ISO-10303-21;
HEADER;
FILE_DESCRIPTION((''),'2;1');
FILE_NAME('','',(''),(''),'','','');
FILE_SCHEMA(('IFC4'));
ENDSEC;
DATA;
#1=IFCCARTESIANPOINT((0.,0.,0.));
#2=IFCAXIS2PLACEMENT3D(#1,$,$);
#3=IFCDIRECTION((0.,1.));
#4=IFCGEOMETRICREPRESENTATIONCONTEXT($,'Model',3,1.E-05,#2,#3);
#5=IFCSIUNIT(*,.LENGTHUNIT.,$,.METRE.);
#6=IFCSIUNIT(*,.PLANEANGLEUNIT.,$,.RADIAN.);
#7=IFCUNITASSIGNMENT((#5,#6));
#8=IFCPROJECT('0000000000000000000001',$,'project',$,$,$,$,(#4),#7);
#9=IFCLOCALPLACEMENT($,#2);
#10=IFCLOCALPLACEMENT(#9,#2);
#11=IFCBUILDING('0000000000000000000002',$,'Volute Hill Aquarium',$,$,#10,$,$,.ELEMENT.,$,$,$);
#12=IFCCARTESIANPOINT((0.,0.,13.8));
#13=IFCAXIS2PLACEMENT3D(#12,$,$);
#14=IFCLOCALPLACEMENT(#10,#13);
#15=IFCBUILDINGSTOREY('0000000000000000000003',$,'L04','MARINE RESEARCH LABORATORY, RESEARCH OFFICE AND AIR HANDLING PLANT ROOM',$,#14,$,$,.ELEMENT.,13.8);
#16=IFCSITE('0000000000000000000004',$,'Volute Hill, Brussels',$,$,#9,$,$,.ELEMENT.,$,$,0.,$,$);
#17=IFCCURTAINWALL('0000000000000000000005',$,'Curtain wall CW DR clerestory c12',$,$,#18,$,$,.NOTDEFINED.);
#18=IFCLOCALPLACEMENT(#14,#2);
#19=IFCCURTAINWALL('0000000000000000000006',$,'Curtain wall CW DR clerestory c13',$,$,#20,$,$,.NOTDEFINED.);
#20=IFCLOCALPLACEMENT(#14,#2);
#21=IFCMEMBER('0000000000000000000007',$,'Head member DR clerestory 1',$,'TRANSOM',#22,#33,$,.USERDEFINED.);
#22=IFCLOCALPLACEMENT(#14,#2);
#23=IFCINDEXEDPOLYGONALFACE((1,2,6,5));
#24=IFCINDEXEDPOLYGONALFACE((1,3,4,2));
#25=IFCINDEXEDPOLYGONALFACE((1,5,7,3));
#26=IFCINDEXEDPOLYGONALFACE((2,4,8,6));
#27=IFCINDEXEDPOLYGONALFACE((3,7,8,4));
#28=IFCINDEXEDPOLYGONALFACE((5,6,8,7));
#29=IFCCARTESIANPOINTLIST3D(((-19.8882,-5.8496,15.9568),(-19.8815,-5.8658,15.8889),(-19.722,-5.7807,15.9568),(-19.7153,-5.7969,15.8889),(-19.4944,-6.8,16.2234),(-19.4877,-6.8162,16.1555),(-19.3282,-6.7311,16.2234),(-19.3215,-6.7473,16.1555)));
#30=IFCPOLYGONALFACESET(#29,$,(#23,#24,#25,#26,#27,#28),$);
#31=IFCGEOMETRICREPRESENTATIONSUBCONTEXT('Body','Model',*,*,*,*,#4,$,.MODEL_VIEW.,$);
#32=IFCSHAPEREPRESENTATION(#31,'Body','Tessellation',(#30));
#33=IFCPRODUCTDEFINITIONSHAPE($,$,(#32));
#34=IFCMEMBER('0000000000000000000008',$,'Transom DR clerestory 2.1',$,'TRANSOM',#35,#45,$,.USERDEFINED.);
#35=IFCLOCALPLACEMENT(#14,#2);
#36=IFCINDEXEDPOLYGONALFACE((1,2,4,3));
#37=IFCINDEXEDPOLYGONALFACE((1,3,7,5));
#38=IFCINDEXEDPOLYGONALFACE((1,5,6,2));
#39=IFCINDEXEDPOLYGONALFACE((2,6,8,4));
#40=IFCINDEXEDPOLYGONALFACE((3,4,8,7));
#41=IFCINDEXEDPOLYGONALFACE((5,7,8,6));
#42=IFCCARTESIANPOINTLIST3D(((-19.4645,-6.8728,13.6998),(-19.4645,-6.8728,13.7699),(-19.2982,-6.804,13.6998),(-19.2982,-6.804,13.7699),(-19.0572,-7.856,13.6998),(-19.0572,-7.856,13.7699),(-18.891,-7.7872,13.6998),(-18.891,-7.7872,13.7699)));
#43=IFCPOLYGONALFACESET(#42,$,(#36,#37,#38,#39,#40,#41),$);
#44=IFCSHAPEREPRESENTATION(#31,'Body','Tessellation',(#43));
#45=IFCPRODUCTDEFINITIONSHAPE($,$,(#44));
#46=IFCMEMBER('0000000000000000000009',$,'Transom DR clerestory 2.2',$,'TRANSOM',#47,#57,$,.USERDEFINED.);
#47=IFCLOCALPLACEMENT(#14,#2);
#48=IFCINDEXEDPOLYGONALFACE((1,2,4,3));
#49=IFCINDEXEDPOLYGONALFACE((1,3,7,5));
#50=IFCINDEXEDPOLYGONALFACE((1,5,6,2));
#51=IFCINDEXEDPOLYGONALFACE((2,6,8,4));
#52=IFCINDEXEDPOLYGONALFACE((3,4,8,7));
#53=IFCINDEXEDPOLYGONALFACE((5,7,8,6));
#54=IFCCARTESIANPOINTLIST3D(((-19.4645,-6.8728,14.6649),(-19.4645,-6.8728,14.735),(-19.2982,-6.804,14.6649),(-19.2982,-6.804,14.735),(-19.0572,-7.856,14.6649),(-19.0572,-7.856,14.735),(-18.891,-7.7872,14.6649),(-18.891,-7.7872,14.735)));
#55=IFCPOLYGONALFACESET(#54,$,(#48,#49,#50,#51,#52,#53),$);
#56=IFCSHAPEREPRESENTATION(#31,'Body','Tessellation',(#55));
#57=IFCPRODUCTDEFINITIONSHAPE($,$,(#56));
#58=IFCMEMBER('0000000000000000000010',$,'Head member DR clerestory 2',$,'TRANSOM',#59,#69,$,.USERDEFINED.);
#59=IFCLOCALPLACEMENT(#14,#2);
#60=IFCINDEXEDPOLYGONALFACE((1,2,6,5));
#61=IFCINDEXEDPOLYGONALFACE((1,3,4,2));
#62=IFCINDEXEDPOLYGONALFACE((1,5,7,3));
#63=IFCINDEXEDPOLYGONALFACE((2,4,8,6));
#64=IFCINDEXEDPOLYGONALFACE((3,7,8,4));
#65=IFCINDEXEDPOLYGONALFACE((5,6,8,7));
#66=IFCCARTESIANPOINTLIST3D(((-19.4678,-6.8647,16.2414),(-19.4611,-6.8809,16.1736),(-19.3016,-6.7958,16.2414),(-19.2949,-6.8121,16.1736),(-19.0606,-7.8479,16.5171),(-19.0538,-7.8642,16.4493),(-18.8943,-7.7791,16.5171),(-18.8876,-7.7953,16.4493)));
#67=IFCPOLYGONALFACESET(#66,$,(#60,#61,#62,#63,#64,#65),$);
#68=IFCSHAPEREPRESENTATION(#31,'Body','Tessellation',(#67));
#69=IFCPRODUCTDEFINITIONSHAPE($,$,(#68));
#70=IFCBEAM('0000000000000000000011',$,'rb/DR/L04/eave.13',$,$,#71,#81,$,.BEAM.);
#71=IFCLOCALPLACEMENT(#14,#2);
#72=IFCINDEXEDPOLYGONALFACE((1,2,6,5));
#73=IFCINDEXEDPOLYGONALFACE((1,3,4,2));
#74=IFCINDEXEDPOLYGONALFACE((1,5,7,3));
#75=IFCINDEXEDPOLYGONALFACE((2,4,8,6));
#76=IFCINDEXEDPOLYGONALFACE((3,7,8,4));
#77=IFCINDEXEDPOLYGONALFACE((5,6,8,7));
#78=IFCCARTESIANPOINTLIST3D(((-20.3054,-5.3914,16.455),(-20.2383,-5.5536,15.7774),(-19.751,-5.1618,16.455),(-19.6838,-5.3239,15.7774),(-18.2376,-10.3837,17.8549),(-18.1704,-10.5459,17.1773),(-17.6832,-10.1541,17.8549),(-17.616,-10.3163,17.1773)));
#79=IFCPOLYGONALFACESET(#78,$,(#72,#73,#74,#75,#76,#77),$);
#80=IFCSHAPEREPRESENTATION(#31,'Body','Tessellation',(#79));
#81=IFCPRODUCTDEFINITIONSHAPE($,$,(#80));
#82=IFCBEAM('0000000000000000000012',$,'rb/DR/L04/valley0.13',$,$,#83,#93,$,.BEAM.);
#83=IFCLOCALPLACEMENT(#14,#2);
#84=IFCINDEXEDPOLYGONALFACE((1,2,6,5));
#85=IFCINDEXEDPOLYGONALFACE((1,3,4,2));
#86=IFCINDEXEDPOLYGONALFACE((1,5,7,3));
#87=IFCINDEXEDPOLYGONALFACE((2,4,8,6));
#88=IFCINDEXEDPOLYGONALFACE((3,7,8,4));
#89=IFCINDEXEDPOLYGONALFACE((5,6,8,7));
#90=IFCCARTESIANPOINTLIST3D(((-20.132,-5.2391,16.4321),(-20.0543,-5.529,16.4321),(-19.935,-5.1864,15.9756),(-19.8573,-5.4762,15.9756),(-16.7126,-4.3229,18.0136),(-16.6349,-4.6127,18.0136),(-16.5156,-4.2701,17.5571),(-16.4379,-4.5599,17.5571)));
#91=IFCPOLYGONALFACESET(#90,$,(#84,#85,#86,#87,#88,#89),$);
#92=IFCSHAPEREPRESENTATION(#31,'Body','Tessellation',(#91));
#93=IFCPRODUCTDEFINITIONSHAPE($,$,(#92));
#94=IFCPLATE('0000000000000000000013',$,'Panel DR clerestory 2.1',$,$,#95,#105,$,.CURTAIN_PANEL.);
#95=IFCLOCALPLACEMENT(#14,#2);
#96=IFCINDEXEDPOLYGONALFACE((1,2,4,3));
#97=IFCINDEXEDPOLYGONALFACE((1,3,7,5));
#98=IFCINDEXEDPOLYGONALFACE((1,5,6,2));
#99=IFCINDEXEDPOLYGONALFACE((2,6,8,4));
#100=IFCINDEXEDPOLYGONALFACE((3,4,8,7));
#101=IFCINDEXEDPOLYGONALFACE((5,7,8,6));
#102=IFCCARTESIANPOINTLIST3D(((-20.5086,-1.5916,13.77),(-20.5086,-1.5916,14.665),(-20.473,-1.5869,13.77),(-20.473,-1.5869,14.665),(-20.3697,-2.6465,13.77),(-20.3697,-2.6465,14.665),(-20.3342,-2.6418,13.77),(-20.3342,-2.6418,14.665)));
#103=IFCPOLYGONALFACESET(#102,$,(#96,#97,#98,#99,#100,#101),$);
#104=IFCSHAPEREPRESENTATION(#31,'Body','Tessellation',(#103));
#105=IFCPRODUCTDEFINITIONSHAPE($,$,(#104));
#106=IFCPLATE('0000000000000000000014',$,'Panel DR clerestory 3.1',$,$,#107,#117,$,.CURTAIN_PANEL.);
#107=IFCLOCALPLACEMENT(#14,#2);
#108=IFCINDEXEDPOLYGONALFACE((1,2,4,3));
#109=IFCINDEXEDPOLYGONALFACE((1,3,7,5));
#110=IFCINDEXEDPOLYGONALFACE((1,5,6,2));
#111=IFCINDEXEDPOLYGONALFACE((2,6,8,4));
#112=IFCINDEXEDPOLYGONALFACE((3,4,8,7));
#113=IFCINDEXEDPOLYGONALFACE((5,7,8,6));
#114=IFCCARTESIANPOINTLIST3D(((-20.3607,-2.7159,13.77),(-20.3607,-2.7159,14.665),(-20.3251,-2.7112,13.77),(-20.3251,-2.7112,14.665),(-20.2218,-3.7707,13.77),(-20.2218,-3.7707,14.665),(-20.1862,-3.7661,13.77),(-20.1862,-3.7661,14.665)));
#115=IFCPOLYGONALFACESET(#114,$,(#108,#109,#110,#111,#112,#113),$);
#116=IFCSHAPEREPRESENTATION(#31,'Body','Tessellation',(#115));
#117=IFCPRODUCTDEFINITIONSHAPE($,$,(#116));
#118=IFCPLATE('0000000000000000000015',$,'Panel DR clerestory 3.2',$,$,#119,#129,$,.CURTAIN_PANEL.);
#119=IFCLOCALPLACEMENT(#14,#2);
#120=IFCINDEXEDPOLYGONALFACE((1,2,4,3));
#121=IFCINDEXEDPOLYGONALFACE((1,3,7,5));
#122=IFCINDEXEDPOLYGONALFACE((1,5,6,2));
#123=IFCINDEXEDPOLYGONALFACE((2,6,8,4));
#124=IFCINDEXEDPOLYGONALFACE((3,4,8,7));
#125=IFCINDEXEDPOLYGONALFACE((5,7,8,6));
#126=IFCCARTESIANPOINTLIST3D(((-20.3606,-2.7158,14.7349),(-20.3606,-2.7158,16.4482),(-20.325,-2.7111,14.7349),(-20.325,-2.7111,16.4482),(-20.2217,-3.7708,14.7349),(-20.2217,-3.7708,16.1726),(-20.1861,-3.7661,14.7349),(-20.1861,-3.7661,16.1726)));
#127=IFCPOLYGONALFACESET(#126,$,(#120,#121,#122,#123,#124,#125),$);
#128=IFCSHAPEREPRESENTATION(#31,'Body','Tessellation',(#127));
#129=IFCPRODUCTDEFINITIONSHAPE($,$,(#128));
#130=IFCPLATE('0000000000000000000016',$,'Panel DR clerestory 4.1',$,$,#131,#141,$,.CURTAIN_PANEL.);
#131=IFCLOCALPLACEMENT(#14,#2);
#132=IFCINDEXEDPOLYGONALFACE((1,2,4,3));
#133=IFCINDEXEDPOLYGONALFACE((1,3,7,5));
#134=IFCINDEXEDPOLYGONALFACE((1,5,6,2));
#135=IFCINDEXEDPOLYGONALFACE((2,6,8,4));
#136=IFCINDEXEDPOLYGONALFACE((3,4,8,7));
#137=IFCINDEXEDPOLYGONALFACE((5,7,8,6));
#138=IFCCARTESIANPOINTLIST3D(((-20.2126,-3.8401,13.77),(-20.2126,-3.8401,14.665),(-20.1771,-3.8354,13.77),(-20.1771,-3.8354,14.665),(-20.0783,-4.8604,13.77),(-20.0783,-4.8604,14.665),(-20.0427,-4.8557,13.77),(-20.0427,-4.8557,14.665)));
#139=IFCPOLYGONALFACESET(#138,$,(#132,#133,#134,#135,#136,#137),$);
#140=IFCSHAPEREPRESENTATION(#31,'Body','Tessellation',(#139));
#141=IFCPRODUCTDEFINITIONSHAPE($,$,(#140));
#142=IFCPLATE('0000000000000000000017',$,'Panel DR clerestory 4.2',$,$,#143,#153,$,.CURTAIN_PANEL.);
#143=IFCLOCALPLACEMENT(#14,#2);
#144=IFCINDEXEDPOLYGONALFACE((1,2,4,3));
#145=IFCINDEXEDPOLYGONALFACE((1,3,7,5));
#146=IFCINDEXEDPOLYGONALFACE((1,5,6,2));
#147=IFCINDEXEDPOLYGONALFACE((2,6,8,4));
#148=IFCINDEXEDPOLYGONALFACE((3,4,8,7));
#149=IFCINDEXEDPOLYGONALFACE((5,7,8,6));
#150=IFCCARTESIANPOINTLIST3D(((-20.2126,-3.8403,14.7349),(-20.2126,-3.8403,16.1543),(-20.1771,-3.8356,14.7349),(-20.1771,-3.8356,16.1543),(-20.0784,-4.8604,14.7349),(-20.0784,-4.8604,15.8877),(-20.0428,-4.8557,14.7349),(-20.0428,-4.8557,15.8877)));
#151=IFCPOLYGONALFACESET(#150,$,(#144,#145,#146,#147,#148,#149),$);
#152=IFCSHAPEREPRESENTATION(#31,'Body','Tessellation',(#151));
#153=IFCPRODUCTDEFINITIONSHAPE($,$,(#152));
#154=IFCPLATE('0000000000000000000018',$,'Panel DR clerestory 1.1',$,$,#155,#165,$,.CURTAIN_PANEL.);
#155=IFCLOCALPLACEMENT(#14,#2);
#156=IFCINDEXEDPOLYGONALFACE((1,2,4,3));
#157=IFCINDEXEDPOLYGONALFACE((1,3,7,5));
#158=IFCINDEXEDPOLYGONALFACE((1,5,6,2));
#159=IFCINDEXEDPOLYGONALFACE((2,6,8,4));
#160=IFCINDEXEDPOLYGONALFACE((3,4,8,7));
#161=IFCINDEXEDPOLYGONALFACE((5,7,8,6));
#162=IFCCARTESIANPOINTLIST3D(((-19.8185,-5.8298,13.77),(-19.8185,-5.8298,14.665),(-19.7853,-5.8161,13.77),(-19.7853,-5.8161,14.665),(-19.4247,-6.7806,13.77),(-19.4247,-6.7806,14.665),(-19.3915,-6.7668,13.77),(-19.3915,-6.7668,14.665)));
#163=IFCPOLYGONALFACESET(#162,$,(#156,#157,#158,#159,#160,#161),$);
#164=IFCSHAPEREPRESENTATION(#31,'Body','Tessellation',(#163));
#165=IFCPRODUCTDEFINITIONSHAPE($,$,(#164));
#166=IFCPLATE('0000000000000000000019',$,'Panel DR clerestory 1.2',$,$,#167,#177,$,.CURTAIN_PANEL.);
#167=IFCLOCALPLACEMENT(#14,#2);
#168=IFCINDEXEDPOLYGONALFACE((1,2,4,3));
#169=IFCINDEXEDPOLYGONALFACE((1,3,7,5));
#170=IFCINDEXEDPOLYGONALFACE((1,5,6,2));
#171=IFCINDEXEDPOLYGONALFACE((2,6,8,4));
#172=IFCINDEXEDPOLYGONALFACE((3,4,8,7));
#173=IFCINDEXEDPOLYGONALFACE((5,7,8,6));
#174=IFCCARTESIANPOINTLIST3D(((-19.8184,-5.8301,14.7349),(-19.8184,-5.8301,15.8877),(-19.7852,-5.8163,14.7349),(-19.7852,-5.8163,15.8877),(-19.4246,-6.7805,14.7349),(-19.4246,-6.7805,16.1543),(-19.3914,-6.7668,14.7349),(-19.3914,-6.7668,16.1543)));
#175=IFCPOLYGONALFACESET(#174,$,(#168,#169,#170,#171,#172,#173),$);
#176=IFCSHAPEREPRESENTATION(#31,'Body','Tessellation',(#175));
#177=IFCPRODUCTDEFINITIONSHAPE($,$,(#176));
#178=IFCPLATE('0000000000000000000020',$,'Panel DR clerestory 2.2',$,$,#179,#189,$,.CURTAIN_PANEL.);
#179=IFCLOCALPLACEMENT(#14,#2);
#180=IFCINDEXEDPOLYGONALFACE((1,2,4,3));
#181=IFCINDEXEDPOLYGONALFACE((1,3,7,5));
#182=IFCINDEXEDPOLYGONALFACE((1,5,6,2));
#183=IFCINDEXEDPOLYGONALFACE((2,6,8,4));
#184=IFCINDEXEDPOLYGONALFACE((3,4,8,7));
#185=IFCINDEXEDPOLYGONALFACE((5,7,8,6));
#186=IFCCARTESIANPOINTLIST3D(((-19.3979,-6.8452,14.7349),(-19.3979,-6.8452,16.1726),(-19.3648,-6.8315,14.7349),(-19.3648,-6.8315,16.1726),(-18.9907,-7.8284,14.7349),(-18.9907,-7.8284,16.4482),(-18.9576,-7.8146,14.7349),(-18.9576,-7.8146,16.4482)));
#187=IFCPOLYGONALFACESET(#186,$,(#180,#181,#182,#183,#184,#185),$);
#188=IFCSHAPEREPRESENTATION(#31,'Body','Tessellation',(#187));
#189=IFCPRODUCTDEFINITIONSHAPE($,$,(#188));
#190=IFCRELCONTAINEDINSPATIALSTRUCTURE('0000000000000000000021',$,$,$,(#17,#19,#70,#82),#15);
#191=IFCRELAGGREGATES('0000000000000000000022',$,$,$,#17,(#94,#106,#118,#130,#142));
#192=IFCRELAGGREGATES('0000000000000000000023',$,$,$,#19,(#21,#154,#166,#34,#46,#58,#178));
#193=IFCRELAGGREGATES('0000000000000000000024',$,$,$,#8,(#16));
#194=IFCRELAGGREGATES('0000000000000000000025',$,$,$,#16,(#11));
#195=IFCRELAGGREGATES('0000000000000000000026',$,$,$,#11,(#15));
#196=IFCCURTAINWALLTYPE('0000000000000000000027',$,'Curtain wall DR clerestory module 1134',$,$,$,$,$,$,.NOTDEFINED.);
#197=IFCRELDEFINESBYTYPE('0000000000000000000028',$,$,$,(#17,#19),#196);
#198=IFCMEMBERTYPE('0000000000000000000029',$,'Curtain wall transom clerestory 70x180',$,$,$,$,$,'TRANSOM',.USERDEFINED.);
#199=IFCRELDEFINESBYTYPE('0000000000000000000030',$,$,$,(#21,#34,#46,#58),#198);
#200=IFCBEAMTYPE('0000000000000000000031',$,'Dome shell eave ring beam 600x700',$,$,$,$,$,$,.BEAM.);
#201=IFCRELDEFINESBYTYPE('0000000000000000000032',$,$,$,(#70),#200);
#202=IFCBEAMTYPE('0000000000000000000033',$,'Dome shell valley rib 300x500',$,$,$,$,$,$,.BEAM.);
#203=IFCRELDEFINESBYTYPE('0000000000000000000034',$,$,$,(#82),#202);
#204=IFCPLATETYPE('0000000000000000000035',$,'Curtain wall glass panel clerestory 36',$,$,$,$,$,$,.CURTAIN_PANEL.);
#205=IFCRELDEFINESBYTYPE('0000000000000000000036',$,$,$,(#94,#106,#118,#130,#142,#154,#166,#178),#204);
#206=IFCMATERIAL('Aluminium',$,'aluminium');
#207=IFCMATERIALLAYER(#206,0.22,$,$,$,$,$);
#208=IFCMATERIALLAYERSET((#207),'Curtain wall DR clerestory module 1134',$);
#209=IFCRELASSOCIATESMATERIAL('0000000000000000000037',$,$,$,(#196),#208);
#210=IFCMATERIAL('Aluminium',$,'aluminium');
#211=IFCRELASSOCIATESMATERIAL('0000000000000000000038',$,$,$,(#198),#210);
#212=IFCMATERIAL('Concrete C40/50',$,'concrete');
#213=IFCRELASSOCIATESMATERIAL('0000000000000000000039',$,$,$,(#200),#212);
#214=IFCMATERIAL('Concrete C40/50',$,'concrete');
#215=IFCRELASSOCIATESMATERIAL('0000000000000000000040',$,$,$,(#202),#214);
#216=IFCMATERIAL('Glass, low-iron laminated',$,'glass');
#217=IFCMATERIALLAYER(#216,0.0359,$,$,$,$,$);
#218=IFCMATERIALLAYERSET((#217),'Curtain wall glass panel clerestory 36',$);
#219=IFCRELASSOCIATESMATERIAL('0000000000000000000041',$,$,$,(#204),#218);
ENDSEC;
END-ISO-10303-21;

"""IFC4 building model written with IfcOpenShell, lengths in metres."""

from ifc_helpers import new_model, si_unit, direction, frame, origin, origin_2d, place, context, subcontext, project, spatial, polyline, rectangle, outline, extrude, material, layer, layer_set, material_profile, profile_set, type_object, element, aggregate, save


model = new_model("IFC4")

# Units and contexts
model_context = context("Model", 3, precision=1e-05, world=origin(), true_north=direction((0.0, 1.0)))
body_context = subcontext(model_context, "Body", "Model", "MODEL_VIEW")
ifc_project = project(units=[si_unit("LENGTHUNIT", "METRE"), si_unit("PLANEANGLEUNIT", "RADIAN")], contexts=[model_context])

# Site, building, storey
site_placement = place(None, origin())
site = spatial("IfcSite", under=ifc_project, at=site_placement, Name="Volute Hill, Brussels", CompositionType="ELEMENT", RefElevation=0.0)
building_placement = place(site_placement, origin())
building = spatial("IfcBuilding", under=site, at=building_placement, Name="Volute Hill Aquarium", CompositionType="ELEMENT")
storey_placement = place(building_placement, frame((0.0, 0.0, 13.8)))
storey = spatial("IfcBuildingStorey", under=building, at=storey_placement, Name="L04", Description="MARINE RESEARCH LABORATORY, RESEARCH OFFICE AND AIR HANDLING PLANT ROOM", CompositionType="ELEMENT", Elevation=13.8)

# Curtain walls
ifc_material_1 = material(Name="Aluminium", Category="aluminium")
ifc_layer_1 = layer(ifc_material_1, 0.22)
ifc_layer_set_1 = layer_set([ifc_layer_1], Name="Curtain wall DR clerestory module 1134")
curtain_wall_type = type_object("IfcCurtainWallType", Name="Curtain wall DR clerestory module 1134", PredefinedType="NOTDEFINED", material=ifc_layer_set_1)
curtain_wall_1_placement = place(storey_placement, origin())
curtain_wall_1 = element("IfcCurtainWall", 1, at=curtain_wall_1_placement, inside=storey, type_object=curtain_wall_type, Name="Curtain wall CW DR clerestory c12", PredefinedType="NOTDEFINED")
curtain_wall_2_placement = place(storey_placement, origin())
curtain_wall_2 = element("IfcCurtainWall", 2, at=curtain_wall_2_placement, inside=storey, type_object=curtain_wall_type, Name="Curtain wall CW DR clerestory c13", PredefinedType="NOTDEFINED")

# Members
ifc_material_2 = material(Name="Aluminium", Category="aluminium")
ifc_material_profile_1 = material_profile(ifc_material_2, rectangle(XDim=0.1799, YDim=0.0701, at=origin_2d()), Name="Curtain wall transom clerestory 70x180")
ifc_profile_set_1 = profile_set([ifc_material_profile_1], Name="Aluminium")
member_type_1 = type_object("IfcMemberType", Name="Curtain wall transom clerestory 70x180", ElementType="TRANSOM", PredefinedType="USERDEFINED", material=ifc_profile_set_1)
member_1_placement = place(storey_placement, frame((-19.8018, -5.8232, 15.9229), z_axis=(0.370539, -0.8943, 0.250854), x_axis=(0.92384, 0.382778, 0.0)))
member_1 = element("IfcMember", 3, at=member_1_placement, type_object=member_type_1, Name="Head member DR clerestory 1", ObjectType="TRANSOM", PredefinedType="USERDEFINED", context=body_context, shape_type="SweptSolid", body=[
    extrude(rectangle(XDim=0.1799, YDim=0.0701, at=origin_2d()), origin(), (0.0, 0.0, 1.0), 1.0627),
])
member_2_placement = place(storey_placement, frame((-19.3813, -6.8384, 13.7349), z_axis=(0.382676, -0.923883, 0.0), x_axis=(0.923883, 0.382676, 0.0)))
member_2 = element("IfcMember", 4, at=member_2_placement, type_object=member_type_1, Name="Transom DR clerestory 2.1", ObjectType="TRANSOM", PredefinedType="USERDEFINED", context=body_context, shape_type="SweptSolid", body=[
    extrude(rectangle(XDim=0.1799, YDim=0.0701, at=origin_2d()), origin(), (0.0, 0.0, 1.0), 1.0642),
])
member_3_placement = place(storey_placement, frame((-19.3813, -6.8384, 14.7), z_axis=(0.382676, -0.923883, 0.0), x_axis=(0.923883, 0.382676, 0.0)))
member_3 = element("IfcMember", 5, at=member_3_placement, type_object=member_type_1, Name="Transom DR clerestory 2.2", ObjectType="TRANSOM", PredefinedType="USERDEFINED", context=body_context, shape_type="SweptSolid", body=[
    extrude(rectangle(XDim=0.1799, YDim=0.0701, at=origin_2d()), origin(), (0.0, 0.0, 1.0), 1.0642),
])
member_4_placement = place(storey_placement, frame((-19.3813, -6.8384, 16.2075), z_axis=(0.370451, -0.894368, 0.250743), x_axis=(0.923883, 0.382676, 0.0)))
member_4 = element("IfcMember", 6, at=member_4_placement, type_object=member_type_1, Name="Head member DR clerestory 2", ObjectType="TRANSOM", PredefinedType="USERDEFINED", context=body_context, shape_type="SweptSolid", body=[
    extrude(rectangle(XDim=0.1799, YDim=0.0701, at=origin_2d()), origin(), (0.0, 0.0, 1.0), 1.0994),
])

# Beams
ifc_material_3 = material(Name="Concrete C40/50", Category="concrete")
ifc_material_profile_2 = material_profile(ifc_material_3, rectangle(XDim=0.6001, YDim=0.7, at=origin_2d()), Name="RC beam 600x700")
ifc_profile_set_2 = profile_set([ifc_material_profile_2], Name="Concrete C40/50")
beam_type_1 = type_object("IfcBeamType", Name="Dome shell eave ring beam 600x700", PredefinedType="BEAM", material=ifc_profile_set_2)
beam_1_placement = place(storey_placement, frame((-19.9946, -5.3577, 16.1162), z_axis=(0.370445, -0.894359, 0.250783), x_axis=(0.923884, 0.382674, 0.0)))
element("IfcBeam", 7, at=beam_1_placement, inside=storey, type_object=beam_type_1, Name="rb/DR/L04/eave.13", PredefinedType="BEAM", context=body_context, shape_type="SweptSolid", body=[
    extrude(rectangle(XDim=0.6001, YDim=0.7, at=origin_2d()), origin(), (0.0, 0.0, 1.0), 5.582),
])
ifc_material_4 = material(Name="Concrete C40/50", Category="concrete")
ifc_material_profile_3 = material_profile(ifc_material_4, rectangle(XDim=0.3, YDim=0.5, at=origin_2d()), Name="RC rib 300x500")
ifc_profile_set_3 = profile_set([ifc_material_profile_3], Name="Concrete C40/50")
beam_type_2 = type_object("IfcBeamType", Name="Dome shell valley rib 300x500", PredefinedType="BEAM", material=ifc_profile_set_3)
beam_2_placement = place(storey_placement, frame((-19.9946, -5.3577, 16.2039), z_axis=(0.881915, 0.236315, 0.4079), x_axis=(-0.258826, 0.965924, 0.0)))
element("IfcBeam", 8, at=beam_2_placement, inside=storey, type_object=beam_type_2, Name="rb/DR/L04/valley0.13", PredefinedType="BEAM", context=body_context, shape_type="SweptSolid", body=[
    extrude(rectangle(XDim=0.3, YDim=0.5, at=origin_2d()), origin(), (0.0, 0.0, 1.0), 3.8772),
])

# Plates
ifc_material_5 = material(Name="Glass, low-iron laminated", Category="glass")
ifc_layer_2 = layer(ifc_material_5, 0.0359)
ifc_layer_set_2 = layer_set([ifc_layer_2], Name="Curtain wall glass panel clerestory 36")
plate_type = type_object("IfcPlateType", Name="Curtain wall glass panel clerestory 36", PredefinedType="CURTAIN_PANEL", material=ifc_layer_set_2)
plate_1_placement = place(storey_placement, frame((-20.4214, -2.1167, 13.77), z_axis=(0.0, 0.0, 1.0), x_axis=(0.130519, -0.991446, 0.0)))
plate_1 = element("IfcPlate", 9, at=plate_1_placement, type_object=plate_type, Name="Panel DR clerestory 2.1", PredefinedType="CURTAIN_PANEL", context=body_context, shape_type="SweptSolid", body=[
    extrude(rectangle(XDim=1.064, YDim=0.0359, at=origin_2d()), origin(), (0.0, 0.0, 1.0), 0.895),
])
plate_2_placement = place(storey_placement, frame((-20.2734, -3.241, 13.77), z_axis=(0.0, 0.0, 1.0), x_axis=(0.130519, -0.991446, 0.0)))
plate_2 = element("IfcPlate", 10, at=plate_2_placement, type_object=plate_type, Name="Panel DR clerestory 3.1", PredefinedType="CURTAIN_PANEL", context=body_context, shape_type="SweptSolid", body=[
    extrude(rectangle(XDim=1.064, YDim=0.0359, at=origin_2d()), origin(), (0.0, 0.0, 1.0), 0.895),
])
plate_3_placement = place(storey_placement, frame((-20.3606, -2.7158, 14.7349), z_axis=(-0.991441, -0.130555, 0.0), x_axis=(0.130555, -0.991441, 0.0)))
plate_3 = element("IfcPlate", 11, at=plate_3_placement, type_object=plate_type, Name="Panel DR clerestory 3.2", PredefinedType="CURTAIN_PANEL", context=body_context, shape_type="SweptSolid", body=[
    extrude(outline(polyline([(0.0, 0.0), (1.064, 0.0), (1.064, 1.4377), (0.0, 1.7134), (0.0, 0.0)])), origin(), (0.0, 0.0, -1.0), 0.0359),
])
plate_4_placement = place(storey_placement, frame((-20.1277, -4.3479, 13.77), z_axis=(0.0, 0.0, 1.0), x_axis=(0.130519, -0.991446, 0.0)))
plate_4 = element("IfcPlate", 12, at=plate_4_placement, type_object=plate_type, Name="Panel DR clerestory 4.1", PredefinedType="CURTAIN_PANEL", context=body_context, shape_type="SweptSolid", body=[
    extrude(rectangle(XDim=1.0291, YDim=0.0359, at=origin_2d()), origin(), (0.0, 0.0, 1.0), 0.895),
])
plate_5_placement = place(storey_placement, frame((-20.2126, -3.8403, 14.7349), z_axis=(-0.991446, -0.130516, 0.0), x_axis=(0.130516, -0.991446, 0.0)))
plate_5 = element("IfcPlate", 13, at=plate_5_placement, type_object=plate_type, Name="Panel DR clerestory 4.2", PredefinedType="CURTAIN_PANEL", context=body_context, shape_type="SweptSolid", body=[
    extrude(outline(polyline([(0.0, 0.0), (1.0288, 0.0), (1.0288, 1.1528), (0.0, 1.4194), (0.0, 0.0)])), origin(), (0.0, 0.0, -1.0), 0.0359),
])
aggregate(curtain_wall_1, [plate_1, plate_2, plate_3, plate_4, plate_5])
plate_6_placement = place(storey_placement, frame((-19.605, -6.2983, 13.77), z_axis=(0.0, 0.0, 1.0), x_axis=(0.382696, -0.923874, 0.0)))
plate_6 = element("IfcPlate", 14, at=plate_6_placement, type_object=plate_type, Name="Panel DR clerestory 1.1", PredefinedType="CURTAIN_PANEL", context=body_context, shape_type="SweptSolid", body=[
    extrude(rectangle(XDim=1.0291, YDim=0.0359, at=origin_2d()), origin(), (0.0, 0.0, 1.0), 0.895),
])
plate_7_placement = place(storey_placement, frame((-19.8184, -5.8301, 14.7349), z_axis=(-0.92384, -0.382778, 0.0), x_axis=(0.382778, -0.92384, 0.0)))
plate_7 = element("IfcPlate", 15, at=plate_7_placement, type_object=plate_type, Name="Panel DR clerestory 1.2", PredefinedType="CURTAIN_PANEL", context=body_context, shape_type="SweptSolid", body=[
    extrude(outline(polyline([(0.0, 0.0), (1.0288, 0.0), (1.0288, 1.4194), (0.0, 1.1528), (0.0, 0.0)])), origin(), (0.0, 0.0, -1.0), 0.0359),
])
plate_8_placement = place(storey_placement, frame((-19.3979, -6.8452, 14.7349), z_axis=(-0.923883, -0.382676, 0.0), x_axis=(0.382676, -0.923883, 0.0)))
plate_8 = element("IfcPlate", 16, at=plate_8_placement, type_object=plate_type, Name="Panel DR clerestory 2.2", PredefinedType="CURTAIN_PANEL", context=body_context, shape_type="SweptSolid", body=[
    extrude(outline(polyline([(0.0, 0.0), (1.0642, 0.0), (1.0642, 1.7134), (0.0, 1.4377), (0.0, 0.0)])), origin(), (0.0, 0.0, -1.0), 0.0359),
])
aggregate(curtain_wall_2, [member_1, plate_6, plate_7, member_2, member_3, member_4, plate_8])

save(model, "model.ifc")
